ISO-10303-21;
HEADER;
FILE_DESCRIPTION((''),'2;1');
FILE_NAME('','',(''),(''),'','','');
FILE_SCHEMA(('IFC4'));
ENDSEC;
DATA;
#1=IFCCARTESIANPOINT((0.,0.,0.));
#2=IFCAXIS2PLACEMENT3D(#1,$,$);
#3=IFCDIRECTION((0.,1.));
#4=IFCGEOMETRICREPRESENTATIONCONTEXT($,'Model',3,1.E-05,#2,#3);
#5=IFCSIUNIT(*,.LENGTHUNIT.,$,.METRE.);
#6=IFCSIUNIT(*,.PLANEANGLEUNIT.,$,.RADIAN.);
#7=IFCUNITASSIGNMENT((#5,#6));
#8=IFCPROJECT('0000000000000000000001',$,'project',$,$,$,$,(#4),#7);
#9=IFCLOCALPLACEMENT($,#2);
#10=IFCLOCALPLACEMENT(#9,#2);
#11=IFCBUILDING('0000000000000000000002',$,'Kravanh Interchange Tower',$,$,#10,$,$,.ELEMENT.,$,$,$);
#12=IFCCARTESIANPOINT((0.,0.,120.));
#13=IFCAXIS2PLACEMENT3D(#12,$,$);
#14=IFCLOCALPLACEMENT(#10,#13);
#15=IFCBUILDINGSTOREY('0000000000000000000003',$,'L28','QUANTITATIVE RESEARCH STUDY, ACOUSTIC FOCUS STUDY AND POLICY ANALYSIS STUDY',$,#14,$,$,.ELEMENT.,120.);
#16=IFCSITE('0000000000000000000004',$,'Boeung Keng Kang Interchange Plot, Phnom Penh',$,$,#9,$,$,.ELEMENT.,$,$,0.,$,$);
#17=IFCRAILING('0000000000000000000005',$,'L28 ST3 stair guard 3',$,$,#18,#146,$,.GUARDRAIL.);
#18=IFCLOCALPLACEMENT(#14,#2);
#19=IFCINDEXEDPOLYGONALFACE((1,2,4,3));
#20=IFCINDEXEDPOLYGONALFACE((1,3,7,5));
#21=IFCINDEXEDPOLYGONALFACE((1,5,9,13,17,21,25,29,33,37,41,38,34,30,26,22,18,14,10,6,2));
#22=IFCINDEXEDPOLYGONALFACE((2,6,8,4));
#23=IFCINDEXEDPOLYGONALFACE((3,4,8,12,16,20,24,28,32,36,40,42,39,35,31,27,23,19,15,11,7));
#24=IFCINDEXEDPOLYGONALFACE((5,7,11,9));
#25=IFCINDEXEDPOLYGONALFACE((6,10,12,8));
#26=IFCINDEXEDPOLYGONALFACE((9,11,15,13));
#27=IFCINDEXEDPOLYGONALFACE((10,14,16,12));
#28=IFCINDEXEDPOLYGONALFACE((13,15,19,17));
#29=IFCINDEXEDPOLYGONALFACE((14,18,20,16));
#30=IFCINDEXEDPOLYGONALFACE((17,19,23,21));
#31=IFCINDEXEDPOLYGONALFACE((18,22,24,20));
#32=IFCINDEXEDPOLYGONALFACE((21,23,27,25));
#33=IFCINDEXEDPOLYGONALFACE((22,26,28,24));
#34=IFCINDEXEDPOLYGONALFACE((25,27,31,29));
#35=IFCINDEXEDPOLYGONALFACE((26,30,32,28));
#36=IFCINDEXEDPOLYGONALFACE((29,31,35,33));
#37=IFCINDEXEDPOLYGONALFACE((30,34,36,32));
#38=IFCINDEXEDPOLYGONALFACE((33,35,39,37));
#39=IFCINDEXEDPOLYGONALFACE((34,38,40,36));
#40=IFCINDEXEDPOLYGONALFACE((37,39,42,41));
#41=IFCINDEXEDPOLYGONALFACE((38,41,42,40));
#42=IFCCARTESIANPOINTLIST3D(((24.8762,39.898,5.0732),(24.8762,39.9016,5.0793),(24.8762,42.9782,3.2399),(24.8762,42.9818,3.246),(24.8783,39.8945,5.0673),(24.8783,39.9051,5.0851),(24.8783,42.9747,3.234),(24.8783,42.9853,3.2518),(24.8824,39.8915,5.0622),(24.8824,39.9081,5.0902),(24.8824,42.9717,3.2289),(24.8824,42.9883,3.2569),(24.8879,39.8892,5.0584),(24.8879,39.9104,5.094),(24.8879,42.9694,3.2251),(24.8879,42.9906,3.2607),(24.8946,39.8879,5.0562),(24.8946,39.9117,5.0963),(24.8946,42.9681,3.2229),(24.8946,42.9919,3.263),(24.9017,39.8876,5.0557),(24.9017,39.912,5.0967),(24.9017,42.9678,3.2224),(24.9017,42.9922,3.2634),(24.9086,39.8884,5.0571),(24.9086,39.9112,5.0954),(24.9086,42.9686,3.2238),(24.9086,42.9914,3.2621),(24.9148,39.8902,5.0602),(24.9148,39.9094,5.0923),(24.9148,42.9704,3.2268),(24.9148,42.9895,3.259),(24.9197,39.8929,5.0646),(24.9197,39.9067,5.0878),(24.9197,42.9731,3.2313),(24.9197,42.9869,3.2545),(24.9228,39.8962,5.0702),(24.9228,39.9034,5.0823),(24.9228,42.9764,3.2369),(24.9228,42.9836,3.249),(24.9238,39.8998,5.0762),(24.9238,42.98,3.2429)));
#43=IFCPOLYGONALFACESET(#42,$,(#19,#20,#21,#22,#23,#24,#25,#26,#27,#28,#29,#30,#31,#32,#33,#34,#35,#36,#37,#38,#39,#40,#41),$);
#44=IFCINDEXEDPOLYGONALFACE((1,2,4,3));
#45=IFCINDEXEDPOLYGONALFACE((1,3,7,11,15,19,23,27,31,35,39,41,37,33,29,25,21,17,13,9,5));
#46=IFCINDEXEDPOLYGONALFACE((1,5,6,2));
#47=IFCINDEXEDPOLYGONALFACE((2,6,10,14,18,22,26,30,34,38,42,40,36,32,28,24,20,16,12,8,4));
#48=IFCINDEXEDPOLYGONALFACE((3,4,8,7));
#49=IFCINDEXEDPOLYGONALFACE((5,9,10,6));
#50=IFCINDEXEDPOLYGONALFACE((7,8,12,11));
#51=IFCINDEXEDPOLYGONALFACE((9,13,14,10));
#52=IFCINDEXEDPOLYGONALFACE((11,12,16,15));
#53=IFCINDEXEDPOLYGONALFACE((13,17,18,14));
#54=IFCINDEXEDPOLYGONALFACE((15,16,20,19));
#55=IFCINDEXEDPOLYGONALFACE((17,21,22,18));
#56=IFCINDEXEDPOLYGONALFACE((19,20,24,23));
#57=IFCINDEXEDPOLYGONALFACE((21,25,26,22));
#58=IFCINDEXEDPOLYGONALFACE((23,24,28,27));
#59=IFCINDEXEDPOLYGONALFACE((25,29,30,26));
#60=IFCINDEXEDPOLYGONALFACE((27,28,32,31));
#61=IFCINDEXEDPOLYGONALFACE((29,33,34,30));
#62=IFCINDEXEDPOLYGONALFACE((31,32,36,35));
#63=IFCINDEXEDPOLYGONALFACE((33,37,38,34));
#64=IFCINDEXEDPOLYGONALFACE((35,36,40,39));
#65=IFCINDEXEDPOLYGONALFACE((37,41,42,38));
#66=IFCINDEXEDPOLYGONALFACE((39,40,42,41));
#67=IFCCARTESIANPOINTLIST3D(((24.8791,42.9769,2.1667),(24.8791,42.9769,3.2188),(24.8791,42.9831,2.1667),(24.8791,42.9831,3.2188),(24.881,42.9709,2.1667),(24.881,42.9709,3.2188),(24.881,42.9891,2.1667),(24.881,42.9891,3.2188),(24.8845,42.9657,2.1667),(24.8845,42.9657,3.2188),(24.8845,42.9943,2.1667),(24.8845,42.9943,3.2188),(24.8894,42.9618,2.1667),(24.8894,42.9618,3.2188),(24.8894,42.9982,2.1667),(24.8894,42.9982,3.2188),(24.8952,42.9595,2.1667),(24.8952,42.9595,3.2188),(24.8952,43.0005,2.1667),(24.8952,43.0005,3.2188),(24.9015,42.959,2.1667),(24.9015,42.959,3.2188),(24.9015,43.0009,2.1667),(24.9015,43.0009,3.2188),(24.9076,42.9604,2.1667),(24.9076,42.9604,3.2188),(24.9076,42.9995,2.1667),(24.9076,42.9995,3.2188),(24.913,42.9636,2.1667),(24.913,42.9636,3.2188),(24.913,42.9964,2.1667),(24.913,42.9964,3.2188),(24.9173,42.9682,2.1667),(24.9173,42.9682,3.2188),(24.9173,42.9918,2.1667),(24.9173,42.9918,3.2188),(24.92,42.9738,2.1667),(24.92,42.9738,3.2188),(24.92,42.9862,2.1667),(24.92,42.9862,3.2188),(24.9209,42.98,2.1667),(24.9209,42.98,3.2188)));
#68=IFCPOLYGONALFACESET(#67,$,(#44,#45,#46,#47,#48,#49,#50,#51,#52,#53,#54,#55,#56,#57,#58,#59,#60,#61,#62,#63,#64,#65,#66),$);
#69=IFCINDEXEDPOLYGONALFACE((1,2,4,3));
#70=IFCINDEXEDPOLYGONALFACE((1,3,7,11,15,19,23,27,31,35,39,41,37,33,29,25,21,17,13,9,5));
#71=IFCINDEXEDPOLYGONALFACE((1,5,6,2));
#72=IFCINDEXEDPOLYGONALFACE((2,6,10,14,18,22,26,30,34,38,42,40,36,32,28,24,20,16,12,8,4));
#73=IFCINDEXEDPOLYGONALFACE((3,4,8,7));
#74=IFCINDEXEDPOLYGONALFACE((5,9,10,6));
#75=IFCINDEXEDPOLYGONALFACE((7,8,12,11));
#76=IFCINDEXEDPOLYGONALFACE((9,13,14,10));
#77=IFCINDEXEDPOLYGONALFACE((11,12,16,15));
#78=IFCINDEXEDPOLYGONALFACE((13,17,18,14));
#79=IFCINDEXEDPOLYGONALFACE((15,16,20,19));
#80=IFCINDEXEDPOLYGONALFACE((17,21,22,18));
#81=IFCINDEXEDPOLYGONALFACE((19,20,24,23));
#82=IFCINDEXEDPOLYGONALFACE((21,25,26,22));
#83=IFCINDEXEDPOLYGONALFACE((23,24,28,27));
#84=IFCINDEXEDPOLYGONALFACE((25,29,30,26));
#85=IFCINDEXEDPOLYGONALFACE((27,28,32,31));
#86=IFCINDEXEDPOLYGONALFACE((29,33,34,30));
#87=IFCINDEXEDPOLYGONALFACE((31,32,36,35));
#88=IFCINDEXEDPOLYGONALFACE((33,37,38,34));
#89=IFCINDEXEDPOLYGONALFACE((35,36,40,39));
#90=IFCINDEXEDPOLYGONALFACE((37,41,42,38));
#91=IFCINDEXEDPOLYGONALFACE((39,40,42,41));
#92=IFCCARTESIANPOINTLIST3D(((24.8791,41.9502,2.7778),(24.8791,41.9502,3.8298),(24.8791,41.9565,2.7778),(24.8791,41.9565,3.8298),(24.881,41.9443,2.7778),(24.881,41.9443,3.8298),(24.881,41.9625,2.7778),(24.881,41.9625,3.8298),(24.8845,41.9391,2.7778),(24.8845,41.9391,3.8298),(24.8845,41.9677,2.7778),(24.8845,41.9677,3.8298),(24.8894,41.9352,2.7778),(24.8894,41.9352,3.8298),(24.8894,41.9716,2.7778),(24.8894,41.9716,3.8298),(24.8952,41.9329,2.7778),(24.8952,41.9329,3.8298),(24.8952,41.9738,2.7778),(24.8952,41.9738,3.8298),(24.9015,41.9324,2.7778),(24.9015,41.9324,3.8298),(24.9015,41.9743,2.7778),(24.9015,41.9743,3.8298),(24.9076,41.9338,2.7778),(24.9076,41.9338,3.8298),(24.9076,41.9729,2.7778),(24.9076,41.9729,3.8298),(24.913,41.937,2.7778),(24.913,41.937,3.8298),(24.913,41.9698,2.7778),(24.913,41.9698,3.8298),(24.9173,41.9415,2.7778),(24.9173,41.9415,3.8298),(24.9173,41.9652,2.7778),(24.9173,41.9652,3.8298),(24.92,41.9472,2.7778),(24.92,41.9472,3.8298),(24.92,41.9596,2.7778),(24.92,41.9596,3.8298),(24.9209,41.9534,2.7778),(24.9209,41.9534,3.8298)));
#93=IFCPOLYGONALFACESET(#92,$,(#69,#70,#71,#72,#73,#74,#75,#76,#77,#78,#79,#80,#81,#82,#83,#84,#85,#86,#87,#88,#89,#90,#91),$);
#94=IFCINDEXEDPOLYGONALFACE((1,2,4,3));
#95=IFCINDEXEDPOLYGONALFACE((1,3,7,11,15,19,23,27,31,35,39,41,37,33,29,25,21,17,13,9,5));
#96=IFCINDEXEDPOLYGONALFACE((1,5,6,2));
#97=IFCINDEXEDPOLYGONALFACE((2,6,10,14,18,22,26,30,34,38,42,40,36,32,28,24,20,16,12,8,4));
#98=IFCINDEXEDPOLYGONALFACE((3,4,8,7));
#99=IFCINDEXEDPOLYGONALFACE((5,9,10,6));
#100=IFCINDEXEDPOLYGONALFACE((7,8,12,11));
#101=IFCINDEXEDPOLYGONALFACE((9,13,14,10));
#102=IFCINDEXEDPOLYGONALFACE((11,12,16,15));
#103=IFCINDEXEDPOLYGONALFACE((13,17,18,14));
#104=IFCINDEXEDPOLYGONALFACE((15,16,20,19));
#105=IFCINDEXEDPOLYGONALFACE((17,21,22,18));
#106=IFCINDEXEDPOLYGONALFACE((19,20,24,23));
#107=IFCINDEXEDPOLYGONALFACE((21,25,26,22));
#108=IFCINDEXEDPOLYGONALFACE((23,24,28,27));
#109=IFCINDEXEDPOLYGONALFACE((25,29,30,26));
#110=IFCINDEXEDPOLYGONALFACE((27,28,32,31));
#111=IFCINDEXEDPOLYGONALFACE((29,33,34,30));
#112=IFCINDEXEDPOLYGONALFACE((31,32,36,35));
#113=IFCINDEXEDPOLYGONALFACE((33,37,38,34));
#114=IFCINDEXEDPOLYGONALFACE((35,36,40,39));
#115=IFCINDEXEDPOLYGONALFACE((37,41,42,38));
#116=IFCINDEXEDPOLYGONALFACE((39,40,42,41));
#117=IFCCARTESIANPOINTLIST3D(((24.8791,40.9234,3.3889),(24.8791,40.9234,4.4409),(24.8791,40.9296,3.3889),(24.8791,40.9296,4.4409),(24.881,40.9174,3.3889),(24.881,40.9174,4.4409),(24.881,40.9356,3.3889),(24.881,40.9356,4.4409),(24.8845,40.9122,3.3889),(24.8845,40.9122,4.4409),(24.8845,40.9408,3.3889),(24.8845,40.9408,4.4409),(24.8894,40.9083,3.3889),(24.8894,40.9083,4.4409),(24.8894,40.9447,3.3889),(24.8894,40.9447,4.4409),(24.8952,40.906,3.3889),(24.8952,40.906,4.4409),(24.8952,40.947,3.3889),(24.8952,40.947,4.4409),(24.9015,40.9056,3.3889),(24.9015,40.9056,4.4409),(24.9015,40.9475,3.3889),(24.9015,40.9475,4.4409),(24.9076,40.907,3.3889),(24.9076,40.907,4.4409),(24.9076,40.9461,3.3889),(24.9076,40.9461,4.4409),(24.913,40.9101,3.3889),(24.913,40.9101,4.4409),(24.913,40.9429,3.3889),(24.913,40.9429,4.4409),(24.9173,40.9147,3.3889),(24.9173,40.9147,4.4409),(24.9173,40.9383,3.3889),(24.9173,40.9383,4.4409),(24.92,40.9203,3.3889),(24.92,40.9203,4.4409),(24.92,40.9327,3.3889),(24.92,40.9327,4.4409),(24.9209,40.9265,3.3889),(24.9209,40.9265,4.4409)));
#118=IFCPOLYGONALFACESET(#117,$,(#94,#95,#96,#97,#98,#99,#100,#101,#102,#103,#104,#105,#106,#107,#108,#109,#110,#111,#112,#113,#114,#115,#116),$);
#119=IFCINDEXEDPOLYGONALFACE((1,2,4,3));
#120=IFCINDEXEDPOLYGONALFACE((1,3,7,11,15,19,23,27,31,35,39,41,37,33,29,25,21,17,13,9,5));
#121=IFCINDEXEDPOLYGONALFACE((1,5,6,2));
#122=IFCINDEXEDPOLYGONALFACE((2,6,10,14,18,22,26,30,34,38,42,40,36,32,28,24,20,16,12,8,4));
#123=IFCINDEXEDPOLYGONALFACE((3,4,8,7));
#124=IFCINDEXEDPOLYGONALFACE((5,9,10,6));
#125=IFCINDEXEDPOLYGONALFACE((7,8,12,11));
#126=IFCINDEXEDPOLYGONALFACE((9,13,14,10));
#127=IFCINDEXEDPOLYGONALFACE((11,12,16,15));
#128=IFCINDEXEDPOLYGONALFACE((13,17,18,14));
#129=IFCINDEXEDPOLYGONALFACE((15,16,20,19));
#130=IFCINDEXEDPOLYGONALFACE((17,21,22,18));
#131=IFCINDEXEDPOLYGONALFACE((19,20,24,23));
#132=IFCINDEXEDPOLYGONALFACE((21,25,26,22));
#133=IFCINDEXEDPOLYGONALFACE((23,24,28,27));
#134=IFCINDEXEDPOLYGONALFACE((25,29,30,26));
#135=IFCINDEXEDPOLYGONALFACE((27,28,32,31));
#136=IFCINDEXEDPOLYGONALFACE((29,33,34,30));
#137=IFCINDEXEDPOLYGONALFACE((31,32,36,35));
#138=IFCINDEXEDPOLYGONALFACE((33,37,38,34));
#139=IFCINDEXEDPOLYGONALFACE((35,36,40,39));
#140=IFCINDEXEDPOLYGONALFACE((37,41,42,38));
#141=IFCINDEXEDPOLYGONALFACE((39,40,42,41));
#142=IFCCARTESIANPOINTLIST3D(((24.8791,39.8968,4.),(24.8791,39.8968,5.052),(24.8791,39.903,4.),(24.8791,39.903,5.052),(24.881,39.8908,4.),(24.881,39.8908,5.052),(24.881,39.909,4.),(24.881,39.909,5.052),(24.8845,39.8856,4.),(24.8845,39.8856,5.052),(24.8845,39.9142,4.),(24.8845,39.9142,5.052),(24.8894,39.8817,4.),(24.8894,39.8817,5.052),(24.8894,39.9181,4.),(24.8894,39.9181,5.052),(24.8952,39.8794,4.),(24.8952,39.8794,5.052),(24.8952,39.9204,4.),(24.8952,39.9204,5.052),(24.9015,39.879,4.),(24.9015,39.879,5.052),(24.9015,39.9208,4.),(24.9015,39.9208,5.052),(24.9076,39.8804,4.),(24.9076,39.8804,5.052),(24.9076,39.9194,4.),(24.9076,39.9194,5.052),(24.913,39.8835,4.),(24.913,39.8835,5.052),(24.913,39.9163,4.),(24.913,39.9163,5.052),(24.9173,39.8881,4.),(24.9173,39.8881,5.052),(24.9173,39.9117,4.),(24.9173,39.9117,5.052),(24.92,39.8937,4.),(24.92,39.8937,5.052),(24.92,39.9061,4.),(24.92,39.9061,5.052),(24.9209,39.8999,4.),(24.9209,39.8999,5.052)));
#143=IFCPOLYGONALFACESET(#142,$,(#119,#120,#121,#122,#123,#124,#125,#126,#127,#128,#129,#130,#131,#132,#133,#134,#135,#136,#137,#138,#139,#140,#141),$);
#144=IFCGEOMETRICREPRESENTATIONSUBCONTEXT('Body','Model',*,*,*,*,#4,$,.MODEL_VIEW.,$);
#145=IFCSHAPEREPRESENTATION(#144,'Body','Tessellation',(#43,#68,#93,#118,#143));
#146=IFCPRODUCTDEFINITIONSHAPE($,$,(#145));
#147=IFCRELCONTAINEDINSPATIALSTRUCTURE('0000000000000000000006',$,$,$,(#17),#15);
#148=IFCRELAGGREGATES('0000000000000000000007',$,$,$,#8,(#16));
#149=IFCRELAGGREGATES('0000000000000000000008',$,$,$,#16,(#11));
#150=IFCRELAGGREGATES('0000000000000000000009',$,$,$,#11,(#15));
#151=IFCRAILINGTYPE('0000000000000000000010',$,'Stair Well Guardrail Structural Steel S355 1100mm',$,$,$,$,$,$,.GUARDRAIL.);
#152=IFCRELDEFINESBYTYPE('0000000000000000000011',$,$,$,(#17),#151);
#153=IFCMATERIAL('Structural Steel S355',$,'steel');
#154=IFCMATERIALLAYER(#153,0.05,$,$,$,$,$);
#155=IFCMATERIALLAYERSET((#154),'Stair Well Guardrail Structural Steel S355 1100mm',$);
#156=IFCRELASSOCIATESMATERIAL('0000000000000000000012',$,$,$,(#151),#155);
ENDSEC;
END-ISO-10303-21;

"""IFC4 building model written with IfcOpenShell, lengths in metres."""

from ifc_helpers import new_model, si_unit, direction, frame, origin, origin_2d, place, context, subcontext, project, spatial, circle, extrude, material, layer, layer_set, type_object, element, save


model = new_model("IFC4")

# Units and contexts
model_context = context("Model", 3, precision=1e-05, world=origin(), true_north=direction((0.0, 1.0)))
body_context = subcontext(model_context, "Body", "Model", "MODEL_VIEW")
ifc_project = project(units=[si_unit("LENGTHUNIT", "METRE"), si_unit("PLANEANGLEUNIT", "RADIAN")], contexts=[model_context])

# Site, building, storey
site_placement = place(None, origin())
site = spatial("IfcSite", under=ifc_project, at=site_placement, Name="Boeung Keng Kang Interchange Plot, Phnom Penh", CompositionType="ELEMENT", RefElevation=0.0)
building_placement = place(site_placement, origin())
building = spatial("IfcBuilding", under=site, at=building_placement, Name="Kravanh Interchange Tower", CompositionType="ELEMENT")
storey_placement = place(building_placement, frame((0.0, 0.0, 120.0)))
storey = spatial("IfcBuildingStorey", under=building, at=storey_placement, Name="L28", Description="QUANTITATIVE RESEARCH STUDY, ACOUSTIC FOCUS STUDY AND POLICY ANALYSIS STUDY", CompositionType="ELEMENT", Elevation=120.0)

# Railing
ifc_material_1 = material(Name="Structural Steel S355", Category="steel")
ifc_layer_1 = layer(ifc_material_1, 0.05)
ifc_layer_set_1 = layer_set([ifc_layer_1], Name="Stair Well Guardrail Structural Steel S355 1100mm")
railing_type_1 = type_object("IfcRailingType", Name="Stair Well Guardrail Structural Steel S355 1100mm", PredefinedType="GUARDRAIL", material=ifc_layer_set_1)
railing_1_placement = place(storey_placement, frame((24.8999, 42.98, 2.1667)))
element("IfcRailing", 1, at=railing_1_placement, inside=storey, type_object=railing_type_1, Name="L28 ST3 stair guard 3", PredefinedType="GUARDRAIL", context=body_context, shape_type="SweptSolid", body=[
    extrude(circle(Radius=0.0239, at=origin_2d()), frame((0.0, 0.0, 1.0762), z_axis=(0.0, -0.859309, 0.511458), x_axis=(1.0, 0.0, 0.0)), (0.0, 0.0, 1.0), 3.5845),
    extrude(circle(Radius=0.021, at=origin_2d()), origin(), (0.0, 0.0, 1.0), 1.052),
    extrude(circle(Radius=0.021, at=origin_2d()), frame((0.0, -1.0266, 0.6111)), (0.0, 0.0, 1.0), 1.052),
    extrude(circle(Radius=0.021, at=origin_2d()), frame((0.0, -2.0535, 1.2222)), (0.0, 0.0, 1.0), 1.052),
    extrude(circle(Radius=0.021, at=origin_2d()), frame((0.0, -3.0801, 1.8333)), (0.0, 0.0, 1.0), 1.052),
])

save(model, "model.ifc")
